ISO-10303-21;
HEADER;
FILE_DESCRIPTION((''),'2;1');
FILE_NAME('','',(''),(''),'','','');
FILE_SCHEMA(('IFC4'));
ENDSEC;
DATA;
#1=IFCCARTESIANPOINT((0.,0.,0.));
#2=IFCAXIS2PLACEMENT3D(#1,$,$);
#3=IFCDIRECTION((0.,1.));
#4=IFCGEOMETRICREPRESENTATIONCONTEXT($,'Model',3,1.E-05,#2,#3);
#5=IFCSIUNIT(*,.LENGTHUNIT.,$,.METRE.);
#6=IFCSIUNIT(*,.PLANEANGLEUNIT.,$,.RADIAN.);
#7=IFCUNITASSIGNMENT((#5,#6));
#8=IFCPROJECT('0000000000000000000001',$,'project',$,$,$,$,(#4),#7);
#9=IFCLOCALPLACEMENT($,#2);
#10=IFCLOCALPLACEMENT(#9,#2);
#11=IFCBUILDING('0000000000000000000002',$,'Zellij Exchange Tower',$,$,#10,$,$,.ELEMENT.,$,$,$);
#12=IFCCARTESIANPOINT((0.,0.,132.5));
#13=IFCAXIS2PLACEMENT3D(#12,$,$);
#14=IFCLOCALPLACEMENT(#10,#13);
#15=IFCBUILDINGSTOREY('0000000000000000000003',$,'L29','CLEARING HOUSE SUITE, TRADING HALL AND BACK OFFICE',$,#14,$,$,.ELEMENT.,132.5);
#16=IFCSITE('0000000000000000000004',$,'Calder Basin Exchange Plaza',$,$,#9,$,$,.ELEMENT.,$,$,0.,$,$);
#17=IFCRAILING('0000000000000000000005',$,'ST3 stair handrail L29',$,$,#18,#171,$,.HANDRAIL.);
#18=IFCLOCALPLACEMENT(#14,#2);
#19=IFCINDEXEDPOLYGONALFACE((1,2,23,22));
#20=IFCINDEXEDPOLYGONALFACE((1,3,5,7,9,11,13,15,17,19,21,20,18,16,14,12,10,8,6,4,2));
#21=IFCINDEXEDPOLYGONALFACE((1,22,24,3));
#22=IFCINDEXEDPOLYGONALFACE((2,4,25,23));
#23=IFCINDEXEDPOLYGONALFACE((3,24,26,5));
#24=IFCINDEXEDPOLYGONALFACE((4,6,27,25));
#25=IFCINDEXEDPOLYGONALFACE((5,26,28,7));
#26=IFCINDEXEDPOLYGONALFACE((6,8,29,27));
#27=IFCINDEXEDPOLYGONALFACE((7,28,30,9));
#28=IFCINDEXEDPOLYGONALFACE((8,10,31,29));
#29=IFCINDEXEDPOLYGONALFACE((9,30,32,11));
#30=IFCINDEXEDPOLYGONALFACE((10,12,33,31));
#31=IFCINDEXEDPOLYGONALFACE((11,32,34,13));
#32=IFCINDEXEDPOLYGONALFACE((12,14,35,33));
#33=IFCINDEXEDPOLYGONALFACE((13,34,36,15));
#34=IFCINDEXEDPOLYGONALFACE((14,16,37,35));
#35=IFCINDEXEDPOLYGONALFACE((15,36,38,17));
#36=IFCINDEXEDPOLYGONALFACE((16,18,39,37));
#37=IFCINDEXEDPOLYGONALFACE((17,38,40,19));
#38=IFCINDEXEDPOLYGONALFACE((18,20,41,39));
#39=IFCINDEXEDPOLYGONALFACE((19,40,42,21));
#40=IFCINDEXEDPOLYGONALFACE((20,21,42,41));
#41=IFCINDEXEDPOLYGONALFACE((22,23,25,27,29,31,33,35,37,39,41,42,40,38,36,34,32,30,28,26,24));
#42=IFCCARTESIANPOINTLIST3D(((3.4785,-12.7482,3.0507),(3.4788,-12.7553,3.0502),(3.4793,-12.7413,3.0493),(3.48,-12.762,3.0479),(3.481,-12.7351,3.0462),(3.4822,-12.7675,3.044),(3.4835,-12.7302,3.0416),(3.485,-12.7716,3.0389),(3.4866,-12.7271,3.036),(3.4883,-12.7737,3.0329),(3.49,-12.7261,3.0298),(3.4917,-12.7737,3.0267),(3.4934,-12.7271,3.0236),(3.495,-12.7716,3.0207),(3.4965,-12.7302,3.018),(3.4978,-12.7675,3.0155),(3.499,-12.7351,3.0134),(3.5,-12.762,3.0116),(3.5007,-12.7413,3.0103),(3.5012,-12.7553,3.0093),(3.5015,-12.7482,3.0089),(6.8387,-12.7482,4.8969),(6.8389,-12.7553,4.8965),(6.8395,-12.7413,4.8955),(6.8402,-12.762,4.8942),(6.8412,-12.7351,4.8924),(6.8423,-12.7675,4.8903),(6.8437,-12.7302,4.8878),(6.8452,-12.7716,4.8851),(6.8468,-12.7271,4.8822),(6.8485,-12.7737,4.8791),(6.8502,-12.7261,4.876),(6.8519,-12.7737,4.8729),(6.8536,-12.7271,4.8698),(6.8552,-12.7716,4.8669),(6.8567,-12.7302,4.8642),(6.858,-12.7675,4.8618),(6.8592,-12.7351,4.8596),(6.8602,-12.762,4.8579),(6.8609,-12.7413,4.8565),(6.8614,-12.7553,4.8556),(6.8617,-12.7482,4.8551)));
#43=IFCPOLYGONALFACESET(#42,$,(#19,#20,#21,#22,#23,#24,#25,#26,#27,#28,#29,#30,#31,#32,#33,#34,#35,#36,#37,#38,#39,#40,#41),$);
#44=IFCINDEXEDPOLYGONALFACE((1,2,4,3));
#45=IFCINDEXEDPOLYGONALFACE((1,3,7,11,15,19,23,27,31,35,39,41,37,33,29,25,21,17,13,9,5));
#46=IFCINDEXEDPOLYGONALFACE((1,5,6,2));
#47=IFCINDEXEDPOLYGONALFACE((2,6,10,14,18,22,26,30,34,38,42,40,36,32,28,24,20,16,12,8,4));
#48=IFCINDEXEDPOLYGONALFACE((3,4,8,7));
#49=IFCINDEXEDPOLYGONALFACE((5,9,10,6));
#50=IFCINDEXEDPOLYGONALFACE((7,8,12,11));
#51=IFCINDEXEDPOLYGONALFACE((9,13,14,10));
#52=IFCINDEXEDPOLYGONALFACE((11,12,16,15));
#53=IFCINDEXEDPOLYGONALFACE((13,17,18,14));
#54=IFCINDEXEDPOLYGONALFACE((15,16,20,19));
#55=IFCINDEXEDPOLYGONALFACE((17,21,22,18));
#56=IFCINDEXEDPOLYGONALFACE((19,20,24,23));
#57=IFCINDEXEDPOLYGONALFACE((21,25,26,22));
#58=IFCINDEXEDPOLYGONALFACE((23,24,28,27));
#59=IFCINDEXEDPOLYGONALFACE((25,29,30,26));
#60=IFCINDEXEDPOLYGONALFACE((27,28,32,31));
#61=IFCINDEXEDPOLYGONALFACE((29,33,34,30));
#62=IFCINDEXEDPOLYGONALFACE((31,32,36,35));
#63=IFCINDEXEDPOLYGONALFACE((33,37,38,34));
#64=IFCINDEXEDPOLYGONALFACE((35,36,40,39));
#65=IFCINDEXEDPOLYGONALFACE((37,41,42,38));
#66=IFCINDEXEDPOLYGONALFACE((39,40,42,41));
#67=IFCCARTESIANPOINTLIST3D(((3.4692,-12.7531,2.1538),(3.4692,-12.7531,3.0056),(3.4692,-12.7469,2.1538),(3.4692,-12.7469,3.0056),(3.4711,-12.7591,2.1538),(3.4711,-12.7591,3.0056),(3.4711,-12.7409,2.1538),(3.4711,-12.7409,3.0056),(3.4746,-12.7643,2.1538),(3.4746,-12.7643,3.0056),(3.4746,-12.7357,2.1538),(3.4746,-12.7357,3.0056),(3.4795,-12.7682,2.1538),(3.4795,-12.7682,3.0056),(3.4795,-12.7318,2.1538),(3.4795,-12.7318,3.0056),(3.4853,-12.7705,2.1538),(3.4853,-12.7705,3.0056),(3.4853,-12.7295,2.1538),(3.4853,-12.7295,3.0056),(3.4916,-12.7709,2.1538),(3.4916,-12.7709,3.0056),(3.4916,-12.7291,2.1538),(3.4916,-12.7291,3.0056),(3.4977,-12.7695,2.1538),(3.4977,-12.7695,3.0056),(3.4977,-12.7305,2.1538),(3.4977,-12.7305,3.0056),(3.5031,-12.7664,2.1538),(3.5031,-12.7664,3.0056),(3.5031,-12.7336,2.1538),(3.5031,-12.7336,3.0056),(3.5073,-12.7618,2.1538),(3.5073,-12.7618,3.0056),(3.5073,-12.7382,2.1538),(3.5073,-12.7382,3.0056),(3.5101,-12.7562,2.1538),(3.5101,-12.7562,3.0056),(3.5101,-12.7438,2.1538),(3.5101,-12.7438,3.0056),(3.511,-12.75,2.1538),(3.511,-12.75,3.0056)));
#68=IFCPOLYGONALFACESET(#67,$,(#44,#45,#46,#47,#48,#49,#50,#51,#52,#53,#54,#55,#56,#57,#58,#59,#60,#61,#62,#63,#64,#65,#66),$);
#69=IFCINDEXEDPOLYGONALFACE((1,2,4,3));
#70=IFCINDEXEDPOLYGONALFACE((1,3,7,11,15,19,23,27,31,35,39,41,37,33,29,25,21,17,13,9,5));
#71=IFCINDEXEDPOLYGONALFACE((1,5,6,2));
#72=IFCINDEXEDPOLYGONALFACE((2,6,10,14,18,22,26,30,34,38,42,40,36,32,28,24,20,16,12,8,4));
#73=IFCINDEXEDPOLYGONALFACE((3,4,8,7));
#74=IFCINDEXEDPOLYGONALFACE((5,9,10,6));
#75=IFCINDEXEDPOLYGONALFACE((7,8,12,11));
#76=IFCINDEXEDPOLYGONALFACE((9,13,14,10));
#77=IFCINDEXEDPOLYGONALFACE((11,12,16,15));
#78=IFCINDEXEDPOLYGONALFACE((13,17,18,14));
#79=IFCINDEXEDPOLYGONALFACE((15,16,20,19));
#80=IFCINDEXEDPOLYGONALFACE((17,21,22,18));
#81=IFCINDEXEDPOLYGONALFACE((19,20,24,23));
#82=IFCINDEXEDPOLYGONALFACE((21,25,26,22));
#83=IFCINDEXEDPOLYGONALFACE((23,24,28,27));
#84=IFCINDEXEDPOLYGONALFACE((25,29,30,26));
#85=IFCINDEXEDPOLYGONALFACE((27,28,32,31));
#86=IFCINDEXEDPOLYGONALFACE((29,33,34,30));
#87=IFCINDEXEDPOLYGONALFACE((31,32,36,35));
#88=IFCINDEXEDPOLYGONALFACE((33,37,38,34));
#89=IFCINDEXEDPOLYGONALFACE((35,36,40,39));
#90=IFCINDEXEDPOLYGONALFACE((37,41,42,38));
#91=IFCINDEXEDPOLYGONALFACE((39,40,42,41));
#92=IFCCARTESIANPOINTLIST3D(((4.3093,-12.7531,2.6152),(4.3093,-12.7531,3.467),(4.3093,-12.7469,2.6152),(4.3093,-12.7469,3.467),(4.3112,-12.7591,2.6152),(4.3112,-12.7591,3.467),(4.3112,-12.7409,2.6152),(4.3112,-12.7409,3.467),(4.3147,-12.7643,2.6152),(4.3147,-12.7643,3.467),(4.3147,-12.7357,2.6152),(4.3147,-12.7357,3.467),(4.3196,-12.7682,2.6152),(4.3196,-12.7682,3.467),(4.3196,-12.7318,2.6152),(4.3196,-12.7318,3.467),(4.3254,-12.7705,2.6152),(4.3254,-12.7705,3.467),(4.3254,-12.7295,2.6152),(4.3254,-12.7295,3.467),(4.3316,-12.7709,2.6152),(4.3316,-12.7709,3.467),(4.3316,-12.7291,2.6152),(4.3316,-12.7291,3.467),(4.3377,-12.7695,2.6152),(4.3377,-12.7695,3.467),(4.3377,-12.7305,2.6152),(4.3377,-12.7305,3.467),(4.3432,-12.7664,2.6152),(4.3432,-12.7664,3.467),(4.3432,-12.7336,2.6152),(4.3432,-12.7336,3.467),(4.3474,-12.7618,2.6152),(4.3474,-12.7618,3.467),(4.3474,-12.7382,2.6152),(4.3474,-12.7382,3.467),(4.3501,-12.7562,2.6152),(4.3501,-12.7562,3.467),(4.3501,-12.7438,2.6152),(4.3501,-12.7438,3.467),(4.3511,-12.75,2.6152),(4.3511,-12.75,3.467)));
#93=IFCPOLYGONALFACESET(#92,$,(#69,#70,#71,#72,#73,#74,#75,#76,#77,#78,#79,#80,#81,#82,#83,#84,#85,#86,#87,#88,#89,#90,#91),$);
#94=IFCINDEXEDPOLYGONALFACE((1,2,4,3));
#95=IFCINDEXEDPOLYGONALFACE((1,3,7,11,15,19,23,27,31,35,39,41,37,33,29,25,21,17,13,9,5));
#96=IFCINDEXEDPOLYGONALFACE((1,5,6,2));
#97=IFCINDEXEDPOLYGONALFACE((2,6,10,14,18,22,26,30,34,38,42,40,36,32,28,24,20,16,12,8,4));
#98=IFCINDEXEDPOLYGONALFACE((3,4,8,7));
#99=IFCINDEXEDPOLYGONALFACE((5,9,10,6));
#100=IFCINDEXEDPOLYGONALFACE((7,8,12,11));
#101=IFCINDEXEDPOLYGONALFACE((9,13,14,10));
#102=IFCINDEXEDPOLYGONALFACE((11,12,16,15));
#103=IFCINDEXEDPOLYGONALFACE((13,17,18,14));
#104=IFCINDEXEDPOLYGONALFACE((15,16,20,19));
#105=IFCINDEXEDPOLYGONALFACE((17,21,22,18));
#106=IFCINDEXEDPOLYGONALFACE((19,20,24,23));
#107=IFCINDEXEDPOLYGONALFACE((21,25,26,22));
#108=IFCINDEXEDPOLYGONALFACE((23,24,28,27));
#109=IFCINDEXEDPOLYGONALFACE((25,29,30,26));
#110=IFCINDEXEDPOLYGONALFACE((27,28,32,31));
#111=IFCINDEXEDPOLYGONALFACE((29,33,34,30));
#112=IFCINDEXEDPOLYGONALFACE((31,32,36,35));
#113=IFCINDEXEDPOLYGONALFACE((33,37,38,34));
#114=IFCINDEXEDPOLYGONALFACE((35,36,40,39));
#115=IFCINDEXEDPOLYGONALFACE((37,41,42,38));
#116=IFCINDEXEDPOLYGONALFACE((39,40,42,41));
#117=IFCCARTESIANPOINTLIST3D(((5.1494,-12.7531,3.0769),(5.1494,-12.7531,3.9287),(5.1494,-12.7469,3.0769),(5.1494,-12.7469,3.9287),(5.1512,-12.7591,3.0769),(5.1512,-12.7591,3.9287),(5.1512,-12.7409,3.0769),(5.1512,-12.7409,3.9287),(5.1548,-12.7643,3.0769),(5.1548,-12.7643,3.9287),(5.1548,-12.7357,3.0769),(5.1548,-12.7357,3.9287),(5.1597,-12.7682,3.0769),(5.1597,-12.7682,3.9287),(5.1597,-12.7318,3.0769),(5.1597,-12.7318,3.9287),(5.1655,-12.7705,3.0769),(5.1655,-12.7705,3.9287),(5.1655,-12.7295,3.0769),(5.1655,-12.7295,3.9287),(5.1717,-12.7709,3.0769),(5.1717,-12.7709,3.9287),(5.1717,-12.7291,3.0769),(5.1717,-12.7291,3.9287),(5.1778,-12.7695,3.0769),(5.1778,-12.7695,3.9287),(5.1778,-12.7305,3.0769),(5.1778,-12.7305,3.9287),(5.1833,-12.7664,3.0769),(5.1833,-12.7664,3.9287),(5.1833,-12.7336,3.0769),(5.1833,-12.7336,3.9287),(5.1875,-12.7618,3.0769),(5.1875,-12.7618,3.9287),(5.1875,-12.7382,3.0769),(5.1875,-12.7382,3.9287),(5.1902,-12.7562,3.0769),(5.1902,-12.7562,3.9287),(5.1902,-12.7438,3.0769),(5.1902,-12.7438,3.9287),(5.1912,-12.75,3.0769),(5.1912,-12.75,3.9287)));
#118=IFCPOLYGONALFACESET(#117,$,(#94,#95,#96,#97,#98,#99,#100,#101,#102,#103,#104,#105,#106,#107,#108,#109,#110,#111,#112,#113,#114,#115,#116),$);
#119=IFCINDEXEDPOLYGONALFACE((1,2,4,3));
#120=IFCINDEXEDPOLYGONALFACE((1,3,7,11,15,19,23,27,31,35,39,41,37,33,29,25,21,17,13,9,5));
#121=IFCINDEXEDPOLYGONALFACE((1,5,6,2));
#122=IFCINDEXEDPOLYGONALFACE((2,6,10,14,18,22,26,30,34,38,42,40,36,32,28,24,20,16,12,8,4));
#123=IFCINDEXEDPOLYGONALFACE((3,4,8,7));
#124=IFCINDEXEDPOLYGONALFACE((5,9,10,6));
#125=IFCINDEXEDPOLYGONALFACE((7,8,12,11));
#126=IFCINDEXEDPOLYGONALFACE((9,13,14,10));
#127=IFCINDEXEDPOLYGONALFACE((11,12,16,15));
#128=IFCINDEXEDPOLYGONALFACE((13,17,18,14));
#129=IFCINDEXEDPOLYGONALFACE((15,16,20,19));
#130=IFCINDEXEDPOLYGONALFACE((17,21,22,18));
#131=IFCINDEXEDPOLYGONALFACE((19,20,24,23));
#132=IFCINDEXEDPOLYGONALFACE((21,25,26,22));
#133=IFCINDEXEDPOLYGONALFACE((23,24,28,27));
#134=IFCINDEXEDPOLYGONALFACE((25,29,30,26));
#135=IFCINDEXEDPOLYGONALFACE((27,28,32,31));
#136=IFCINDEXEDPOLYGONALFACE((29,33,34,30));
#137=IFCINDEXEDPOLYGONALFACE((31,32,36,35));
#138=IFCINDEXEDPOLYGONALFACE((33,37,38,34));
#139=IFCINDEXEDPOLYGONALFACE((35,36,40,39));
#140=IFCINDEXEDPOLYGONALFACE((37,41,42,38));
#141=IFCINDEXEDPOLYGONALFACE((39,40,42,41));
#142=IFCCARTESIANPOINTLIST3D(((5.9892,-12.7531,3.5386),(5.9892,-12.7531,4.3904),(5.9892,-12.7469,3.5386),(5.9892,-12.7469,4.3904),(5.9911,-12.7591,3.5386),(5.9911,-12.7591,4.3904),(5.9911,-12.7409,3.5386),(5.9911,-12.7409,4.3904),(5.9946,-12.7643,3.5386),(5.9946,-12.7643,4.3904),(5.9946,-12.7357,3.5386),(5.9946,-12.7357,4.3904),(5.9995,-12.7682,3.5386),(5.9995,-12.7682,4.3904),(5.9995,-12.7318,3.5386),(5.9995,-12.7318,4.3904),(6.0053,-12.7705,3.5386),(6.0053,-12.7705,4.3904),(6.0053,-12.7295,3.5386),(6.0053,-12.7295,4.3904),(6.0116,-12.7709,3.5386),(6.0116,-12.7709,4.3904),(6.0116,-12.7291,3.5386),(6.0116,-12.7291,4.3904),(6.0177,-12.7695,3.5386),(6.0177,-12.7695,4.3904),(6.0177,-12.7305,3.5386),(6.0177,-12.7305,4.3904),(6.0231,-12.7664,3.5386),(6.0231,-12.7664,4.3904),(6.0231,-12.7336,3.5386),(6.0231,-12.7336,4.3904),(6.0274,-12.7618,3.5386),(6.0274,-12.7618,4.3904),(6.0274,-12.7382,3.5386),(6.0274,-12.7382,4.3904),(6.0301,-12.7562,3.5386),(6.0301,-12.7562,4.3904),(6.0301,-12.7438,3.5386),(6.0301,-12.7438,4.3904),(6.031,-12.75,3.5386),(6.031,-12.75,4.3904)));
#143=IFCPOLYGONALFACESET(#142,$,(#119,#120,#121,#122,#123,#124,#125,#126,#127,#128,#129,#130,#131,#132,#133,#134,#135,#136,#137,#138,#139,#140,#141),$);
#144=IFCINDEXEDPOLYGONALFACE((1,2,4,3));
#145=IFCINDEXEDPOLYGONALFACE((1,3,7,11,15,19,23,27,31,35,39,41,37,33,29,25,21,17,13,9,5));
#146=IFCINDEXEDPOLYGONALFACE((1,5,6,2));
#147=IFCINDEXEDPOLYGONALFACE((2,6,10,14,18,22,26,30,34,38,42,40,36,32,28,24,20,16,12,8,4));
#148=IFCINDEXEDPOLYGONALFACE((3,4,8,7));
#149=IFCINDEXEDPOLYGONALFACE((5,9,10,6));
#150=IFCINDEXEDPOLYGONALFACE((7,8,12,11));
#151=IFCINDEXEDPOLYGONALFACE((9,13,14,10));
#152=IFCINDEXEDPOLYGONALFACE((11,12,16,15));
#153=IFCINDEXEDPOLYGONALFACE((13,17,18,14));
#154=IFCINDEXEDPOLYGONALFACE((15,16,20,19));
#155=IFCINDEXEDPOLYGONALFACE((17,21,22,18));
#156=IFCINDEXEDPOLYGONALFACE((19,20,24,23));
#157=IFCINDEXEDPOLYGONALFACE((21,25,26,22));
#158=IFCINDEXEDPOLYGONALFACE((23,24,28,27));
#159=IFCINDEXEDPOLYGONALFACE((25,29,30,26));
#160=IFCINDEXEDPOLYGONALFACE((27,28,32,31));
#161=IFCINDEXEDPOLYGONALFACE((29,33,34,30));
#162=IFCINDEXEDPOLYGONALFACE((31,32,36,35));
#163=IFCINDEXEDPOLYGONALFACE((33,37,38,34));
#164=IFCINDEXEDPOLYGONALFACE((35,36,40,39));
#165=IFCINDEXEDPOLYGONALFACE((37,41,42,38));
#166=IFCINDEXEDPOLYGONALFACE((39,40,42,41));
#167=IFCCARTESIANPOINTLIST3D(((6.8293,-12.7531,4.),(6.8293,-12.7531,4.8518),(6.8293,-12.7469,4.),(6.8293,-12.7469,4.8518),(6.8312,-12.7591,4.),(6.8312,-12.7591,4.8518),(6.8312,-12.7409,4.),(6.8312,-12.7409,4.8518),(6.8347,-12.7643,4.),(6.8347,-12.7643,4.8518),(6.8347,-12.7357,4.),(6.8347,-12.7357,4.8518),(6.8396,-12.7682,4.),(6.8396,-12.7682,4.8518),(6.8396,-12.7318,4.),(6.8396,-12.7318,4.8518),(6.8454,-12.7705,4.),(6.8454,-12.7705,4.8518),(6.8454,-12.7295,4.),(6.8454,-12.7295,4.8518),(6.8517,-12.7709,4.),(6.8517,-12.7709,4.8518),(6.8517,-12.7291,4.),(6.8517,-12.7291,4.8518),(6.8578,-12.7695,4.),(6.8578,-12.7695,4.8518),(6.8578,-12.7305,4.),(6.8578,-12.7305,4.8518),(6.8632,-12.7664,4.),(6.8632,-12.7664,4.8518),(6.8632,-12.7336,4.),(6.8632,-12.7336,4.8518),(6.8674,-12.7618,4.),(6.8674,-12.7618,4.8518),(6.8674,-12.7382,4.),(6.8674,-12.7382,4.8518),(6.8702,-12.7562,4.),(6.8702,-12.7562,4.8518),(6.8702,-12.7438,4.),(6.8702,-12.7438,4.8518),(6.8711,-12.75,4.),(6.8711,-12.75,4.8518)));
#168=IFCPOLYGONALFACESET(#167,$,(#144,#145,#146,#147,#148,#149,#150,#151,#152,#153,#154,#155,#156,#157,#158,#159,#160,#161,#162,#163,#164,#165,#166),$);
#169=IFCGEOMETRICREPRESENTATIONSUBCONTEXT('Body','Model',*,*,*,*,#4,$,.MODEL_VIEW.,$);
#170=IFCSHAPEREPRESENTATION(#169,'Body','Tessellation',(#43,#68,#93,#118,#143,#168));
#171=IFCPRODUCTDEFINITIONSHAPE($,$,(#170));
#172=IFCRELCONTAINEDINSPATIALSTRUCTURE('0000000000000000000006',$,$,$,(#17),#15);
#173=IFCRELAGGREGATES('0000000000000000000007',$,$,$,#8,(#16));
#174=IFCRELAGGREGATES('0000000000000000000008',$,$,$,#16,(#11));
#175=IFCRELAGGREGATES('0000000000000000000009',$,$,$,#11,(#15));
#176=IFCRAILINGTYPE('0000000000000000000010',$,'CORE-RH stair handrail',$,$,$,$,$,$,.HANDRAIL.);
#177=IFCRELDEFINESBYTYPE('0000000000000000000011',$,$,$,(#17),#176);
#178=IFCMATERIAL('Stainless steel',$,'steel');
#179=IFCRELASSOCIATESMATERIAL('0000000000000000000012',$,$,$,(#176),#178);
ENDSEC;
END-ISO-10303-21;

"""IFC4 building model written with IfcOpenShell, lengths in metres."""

from ifc_helpers import new_model, si_unit, direction, frame, origin, origin_2d, place, context, subcontext, project, spatial, circle, extrude, material, type_object, element, save


model = new_model("IFC4")

# Units and contexts
model_context = context("Model", 3, precision=1e-05, world=origin(), true_north=direction((0.0, 1.0)))
body_context = subcontext(model_context, "Body", "Model", "MODEL_VIEW")
ifc_project = project(units=[si_unit("LENGTHUNIT", "METRE"), si_unit("PLANEANGLEUNIT", "RADIAN")], contexts=[model_context])

# Site, building, storey
site_placement = place(None, origin())
site = spatial("IfcSite", under=ifc_project, at=site_placement, Name="Calder Basin Exchange Plaza", CompositionType="ELEMENT", RefElevation=0.0)
building_placement = place(site_placement, origin())
building = spatial("IfcBuilding", under=site, at=building_placement, Name="Zellij Exchange Tower", CompositionType="ELEMENT")
storey_placement = place(building_placement, frame((0.0, 0.0, 132.5)))
storey = spatial("IfcBuildingStorey", under=building, at=storey_placement, Name="L29", Description="CLEARING HOUSE SUITE, TRADING HALL AND BACK OFFICE", CompositionType="ELEMENT", Elevation=132.5)

# Railing
ifc_material_1 = material(Name="Stainless steel", Category="steel")
railing_type_1 = type_object("IfcRailingType", Name="CORE-RH stair handrail", PredefinedType="HANDRAIL", material=ifc_material_1)
railing_1_placement = place(storey_placement, frame((3.49, -12.75, 2.1538)))
element("IfcRailing", 1, at=railing_1_placement, inside=storey, type_object=railing_type_1, Name="ST3 stair handrail L29", PredefinedType="HANDRAIL", context=body_context, shape_type="SweptSolid", body=[
    extrude(circle(Radius=0.0239, at=origin_2d()), frame((0.0, 0.0, 0.876), z_axis=(0.876422, 0.0, 0.481545), x_axis=(0.0, 1.0, 0.0)), (0.0, 0.0, 1.0), 3.834),
    extrude(circle(Radius=0.021, at=origin_2d()), origin(), (0.0, 0.0, 1.0), 0.8518),
    extrude(circle(Radius=0.021, at=origin_2d()), frame((0.8401, 0.0, 0.4614)), (0.0, 0.0, 1.0), 0.8518),
    extrude(circle(Radius=0.021, at=origin_2d()), frame((1.6802, 0.0, 0.9231)), (0.0, 0.0, 1.0), 0.8518),
    extrude(circle(Radius=0.021, at=origin_2d()), frame((2.52, 0.0, 1.3848)), (0.0, 0.0, 1.0), 0.8518),
    extrude(circle(Radius=0.021, at=origin_2d()), frame((3.3601, 0.0, 1.8462)), (0.0, 0.0, 1.0), 0.8518),
])

save(model, "model.ifc")
